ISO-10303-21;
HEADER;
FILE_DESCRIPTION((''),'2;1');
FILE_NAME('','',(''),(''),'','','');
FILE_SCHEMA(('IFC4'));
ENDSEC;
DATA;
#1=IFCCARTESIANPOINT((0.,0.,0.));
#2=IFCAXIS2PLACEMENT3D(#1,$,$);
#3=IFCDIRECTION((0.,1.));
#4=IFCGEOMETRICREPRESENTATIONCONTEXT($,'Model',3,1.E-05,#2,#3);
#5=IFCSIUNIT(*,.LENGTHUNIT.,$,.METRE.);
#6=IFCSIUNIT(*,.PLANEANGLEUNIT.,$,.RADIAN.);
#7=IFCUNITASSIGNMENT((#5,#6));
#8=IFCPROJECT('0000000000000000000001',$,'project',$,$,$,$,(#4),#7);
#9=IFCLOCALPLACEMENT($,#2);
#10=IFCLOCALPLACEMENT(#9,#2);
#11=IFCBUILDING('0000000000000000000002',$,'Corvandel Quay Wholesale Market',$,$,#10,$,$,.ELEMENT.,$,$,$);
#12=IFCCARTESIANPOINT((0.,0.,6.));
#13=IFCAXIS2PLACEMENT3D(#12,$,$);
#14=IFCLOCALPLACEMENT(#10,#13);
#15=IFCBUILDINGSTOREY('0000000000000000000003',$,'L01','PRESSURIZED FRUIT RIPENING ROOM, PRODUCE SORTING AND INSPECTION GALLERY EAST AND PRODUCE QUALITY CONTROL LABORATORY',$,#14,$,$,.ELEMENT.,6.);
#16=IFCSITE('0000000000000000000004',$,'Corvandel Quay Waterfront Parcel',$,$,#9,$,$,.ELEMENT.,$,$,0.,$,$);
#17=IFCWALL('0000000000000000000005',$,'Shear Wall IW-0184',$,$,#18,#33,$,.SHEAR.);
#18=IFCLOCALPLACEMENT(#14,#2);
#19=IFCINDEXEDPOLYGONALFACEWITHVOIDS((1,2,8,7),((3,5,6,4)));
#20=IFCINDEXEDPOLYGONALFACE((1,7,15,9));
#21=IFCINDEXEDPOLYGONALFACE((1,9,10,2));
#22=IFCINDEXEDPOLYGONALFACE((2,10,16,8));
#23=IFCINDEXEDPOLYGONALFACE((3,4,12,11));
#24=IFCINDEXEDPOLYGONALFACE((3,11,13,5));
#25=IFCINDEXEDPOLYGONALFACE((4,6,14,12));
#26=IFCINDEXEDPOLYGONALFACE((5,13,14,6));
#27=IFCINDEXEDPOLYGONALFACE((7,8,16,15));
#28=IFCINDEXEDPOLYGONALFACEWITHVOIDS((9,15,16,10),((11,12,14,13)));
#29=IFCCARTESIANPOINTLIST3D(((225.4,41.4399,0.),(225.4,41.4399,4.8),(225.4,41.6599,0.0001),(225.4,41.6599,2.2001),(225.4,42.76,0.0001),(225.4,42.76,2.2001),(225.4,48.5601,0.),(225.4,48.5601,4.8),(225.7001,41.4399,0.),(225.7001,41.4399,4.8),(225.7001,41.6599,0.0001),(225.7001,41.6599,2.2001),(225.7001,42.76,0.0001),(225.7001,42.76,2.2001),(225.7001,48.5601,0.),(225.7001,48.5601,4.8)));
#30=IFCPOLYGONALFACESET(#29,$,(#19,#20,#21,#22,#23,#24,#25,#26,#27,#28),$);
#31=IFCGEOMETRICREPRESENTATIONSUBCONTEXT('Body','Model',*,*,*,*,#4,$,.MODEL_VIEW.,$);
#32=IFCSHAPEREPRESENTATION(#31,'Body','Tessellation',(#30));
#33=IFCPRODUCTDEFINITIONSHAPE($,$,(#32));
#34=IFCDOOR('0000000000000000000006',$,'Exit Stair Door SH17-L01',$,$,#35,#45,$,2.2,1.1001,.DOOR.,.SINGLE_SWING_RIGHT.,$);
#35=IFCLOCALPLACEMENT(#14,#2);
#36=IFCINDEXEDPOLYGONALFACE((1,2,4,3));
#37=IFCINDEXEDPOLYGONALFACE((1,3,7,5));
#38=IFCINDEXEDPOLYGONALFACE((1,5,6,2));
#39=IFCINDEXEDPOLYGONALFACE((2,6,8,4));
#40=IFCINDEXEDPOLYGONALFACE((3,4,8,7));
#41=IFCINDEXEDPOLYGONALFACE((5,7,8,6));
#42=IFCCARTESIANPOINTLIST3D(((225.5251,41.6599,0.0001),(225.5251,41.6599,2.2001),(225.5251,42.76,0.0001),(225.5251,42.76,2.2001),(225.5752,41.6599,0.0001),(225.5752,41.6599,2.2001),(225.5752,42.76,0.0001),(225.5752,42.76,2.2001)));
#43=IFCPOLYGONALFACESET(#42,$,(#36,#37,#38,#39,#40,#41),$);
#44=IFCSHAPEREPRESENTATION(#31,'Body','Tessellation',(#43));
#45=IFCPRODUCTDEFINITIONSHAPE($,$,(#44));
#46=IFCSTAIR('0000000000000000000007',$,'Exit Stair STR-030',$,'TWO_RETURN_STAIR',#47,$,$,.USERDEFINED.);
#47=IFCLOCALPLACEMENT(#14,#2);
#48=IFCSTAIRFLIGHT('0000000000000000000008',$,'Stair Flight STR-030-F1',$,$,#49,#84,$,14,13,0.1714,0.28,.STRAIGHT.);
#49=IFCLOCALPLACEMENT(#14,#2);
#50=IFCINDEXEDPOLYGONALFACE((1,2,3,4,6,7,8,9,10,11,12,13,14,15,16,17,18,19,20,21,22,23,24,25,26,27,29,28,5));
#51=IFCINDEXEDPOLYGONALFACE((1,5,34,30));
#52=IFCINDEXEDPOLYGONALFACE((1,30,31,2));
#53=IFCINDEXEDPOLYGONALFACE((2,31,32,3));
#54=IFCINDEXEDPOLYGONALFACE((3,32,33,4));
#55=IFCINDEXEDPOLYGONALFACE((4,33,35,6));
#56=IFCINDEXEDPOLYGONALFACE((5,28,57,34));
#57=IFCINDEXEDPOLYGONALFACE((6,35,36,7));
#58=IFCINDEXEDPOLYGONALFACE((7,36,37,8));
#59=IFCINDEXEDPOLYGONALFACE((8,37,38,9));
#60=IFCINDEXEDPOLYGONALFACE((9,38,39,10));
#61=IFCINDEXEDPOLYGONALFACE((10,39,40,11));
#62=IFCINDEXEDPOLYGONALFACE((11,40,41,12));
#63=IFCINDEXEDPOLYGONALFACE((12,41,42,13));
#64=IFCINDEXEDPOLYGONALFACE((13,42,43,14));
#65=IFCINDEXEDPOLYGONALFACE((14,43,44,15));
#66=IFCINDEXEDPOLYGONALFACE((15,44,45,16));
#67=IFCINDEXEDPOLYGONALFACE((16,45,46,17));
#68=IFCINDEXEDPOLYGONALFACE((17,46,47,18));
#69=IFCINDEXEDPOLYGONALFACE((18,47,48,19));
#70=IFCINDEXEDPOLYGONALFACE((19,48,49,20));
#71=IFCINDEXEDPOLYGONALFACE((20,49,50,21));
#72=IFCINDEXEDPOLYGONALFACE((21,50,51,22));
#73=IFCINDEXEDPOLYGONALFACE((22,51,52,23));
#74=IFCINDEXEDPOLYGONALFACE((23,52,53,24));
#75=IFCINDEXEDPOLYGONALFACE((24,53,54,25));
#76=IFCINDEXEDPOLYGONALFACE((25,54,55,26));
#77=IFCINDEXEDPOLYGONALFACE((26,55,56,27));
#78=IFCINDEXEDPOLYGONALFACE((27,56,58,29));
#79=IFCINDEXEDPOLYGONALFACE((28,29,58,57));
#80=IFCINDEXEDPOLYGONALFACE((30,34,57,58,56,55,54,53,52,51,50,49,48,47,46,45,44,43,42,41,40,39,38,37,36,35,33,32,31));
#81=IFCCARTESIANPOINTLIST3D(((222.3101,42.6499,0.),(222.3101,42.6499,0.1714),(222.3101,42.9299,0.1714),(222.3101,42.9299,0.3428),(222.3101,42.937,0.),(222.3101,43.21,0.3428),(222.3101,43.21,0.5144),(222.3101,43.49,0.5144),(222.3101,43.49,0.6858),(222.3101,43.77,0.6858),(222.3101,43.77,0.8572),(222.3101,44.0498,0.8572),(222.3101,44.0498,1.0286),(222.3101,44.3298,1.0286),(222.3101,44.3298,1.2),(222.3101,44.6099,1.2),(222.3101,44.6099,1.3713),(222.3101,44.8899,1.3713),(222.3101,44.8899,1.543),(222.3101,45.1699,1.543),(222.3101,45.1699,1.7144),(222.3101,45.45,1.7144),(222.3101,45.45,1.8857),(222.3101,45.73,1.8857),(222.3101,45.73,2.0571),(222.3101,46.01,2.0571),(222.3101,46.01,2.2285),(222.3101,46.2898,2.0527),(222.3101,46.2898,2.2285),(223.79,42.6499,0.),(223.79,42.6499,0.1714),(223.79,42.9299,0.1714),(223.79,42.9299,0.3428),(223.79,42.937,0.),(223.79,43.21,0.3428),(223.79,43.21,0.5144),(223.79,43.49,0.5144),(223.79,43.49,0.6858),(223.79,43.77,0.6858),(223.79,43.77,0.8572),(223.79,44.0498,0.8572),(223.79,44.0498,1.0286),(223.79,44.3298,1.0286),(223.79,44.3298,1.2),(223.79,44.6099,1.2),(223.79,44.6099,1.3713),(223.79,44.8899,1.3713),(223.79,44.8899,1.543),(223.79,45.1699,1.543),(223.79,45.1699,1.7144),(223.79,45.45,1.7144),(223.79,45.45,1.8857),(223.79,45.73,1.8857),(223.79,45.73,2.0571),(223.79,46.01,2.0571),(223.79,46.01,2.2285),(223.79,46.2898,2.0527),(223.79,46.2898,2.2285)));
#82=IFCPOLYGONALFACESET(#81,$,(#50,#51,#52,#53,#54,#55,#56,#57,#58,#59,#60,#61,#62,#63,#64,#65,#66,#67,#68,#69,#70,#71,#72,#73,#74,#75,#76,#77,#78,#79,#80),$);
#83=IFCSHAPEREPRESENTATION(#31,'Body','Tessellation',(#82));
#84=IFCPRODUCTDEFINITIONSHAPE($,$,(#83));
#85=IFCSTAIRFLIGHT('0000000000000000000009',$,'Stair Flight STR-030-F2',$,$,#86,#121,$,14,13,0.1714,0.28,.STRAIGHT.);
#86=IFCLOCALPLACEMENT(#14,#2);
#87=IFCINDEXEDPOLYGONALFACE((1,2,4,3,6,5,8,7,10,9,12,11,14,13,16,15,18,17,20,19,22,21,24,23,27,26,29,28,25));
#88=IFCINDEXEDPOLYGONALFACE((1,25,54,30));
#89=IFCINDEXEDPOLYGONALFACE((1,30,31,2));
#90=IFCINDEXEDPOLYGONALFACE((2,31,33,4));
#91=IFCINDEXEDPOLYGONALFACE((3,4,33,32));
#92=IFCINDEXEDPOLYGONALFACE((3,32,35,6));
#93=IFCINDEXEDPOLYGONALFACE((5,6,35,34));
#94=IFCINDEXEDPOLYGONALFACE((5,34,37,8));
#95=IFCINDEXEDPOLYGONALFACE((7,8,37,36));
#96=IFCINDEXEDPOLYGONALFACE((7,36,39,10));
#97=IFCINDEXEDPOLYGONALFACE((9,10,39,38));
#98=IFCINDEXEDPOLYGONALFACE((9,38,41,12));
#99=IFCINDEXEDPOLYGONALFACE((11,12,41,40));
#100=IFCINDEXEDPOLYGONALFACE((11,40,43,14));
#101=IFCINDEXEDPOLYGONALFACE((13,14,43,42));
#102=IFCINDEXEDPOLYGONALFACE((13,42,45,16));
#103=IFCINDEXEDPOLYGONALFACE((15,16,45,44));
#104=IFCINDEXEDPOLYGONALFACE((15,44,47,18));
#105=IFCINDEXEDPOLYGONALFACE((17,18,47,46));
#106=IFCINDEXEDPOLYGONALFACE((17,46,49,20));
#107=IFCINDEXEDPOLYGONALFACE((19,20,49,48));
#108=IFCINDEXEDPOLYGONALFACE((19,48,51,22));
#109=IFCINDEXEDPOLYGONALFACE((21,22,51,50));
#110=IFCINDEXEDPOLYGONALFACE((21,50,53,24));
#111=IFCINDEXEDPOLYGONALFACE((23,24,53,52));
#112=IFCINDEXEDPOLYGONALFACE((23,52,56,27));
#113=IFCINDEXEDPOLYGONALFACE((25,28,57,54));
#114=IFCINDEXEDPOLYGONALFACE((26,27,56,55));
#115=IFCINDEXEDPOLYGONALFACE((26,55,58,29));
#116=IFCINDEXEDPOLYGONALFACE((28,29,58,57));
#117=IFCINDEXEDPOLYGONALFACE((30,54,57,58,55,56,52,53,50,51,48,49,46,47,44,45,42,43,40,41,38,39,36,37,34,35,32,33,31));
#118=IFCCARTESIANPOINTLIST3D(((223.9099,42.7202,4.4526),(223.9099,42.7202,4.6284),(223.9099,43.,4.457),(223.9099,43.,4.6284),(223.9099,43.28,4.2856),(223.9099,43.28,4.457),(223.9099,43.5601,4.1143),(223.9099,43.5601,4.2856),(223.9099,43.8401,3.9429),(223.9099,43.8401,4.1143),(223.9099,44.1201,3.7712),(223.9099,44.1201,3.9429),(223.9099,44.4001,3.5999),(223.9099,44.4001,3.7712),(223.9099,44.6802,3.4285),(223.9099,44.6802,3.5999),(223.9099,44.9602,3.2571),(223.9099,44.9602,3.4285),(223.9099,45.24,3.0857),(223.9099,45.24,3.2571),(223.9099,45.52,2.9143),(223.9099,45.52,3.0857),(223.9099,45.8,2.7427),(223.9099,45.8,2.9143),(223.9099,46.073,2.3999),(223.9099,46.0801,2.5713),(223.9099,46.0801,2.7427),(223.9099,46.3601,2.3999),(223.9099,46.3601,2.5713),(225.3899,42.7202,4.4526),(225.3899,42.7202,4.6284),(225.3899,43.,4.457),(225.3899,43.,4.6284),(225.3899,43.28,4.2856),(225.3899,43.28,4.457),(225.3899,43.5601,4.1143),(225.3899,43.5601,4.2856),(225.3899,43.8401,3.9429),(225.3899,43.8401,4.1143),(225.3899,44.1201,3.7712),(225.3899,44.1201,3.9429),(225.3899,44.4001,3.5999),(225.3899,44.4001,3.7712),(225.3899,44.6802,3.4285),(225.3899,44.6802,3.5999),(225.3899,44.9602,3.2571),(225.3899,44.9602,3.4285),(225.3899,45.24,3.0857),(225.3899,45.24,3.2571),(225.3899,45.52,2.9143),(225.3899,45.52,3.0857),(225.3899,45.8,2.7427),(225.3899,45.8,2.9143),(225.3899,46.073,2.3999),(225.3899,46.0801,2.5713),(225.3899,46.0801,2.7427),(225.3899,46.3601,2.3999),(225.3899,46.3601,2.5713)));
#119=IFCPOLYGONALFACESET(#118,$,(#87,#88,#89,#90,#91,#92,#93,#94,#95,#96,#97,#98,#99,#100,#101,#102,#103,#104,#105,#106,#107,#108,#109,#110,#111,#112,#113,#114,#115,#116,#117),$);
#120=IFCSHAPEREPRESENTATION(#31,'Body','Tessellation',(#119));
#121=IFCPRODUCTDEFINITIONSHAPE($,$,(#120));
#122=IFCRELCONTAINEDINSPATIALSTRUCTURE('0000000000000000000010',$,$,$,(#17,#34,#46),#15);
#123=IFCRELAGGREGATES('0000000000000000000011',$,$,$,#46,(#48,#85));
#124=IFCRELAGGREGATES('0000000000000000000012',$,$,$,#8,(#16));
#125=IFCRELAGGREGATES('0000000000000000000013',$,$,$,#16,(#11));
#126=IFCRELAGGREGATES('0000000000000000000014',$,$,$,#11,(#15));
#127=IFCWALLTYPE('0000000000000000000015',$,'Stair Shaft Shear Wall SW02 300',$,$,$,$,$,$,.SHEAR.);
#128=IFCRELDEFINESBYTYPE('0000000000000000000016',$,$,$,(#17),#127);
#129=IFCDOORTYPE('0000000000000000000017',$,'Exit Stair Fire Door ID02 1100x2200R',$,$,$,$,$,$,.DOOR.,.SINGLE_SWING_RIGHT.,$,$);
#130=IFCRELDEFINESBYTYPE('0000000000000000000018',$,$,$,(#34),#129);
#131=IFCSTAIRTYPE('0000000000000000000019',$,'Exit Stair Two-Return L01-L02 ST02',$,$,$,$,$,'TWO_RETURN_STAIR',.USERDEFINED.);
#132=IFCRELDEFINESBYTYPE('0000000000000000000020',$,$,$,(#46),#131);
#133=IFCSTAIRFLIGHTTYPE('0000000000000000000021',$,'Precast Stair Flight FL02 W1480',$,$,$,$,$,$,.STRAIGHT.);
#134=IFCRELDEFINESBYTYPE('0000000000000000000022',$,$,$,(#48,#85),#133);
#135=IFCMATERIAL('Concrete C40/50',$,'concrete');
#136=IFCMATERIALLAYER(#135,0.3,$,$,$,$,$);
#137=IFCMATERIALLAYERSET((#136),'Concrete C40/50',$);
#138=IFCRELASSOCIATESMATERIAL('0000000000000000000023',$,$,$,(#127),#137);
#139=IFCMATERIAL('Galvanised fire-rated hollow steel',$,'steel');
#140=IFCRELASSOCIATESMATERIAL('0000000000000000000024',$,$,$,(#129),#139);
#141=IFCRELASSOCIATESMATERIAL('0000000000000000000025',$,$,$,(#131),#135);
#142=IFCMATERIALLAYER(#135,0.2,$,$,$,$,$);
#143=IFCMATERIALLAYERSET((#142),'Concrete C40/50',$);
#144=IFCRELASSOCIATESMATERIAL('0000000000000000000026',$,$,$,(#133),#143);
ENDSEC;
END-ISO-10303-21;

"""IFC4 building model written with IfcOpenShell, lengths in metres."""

from ifc_helpers import new_model, si_unit, direction, frame, frame_2d, origin, place, context, subcontext, project, spatial, polyline, rectangle, outline, extrude, material, layer, layer_set, type_object, element, fill, aggregate, save


model = new_model("IFC4")

# Units and contexts
model_context = context("Model", 3, precision=1e-05, world=origin(), true_north=direction((0.0, 1.0)))
body_context = subcontext(model_context, "Body", "Model", "MODEL_VIEW")
ifc_project = project(units=[si_unit("LENGTHUNIT", "METRE"), si_unit("PLANEANGLEUNIT", "RADIAN")], contexts=[model_context])

# Site, building, storey
site_placement = place(None, origin())
site = spatial("IfcSite", under=ifc_project, at=site_placement, Name="Corvandel Quay Waterfront Parcel", CompositionType="ELEMENT", RefElevation=0.0)
building_placement = place(site_placement, origin())
building = spatial("IfcBuilding", under=site, at=building_placement, Name="Corvandel Quay Wholesale Market", CompositionType="ELEMENT")
storey_placement = place(building_placement, frame((0.0, 0.0, 6.0)))
storey = spatial("IfcBuildingStorey", under=building, at=storey_placement, Name="L01", Description="PRESSURIZED FRUIT RIPENING ROOM, PRODUCE SORTING AND INSPECTION GALLERY EAST AND PRODUCE QUALITY CONTROL LABORATORY", CompositionType="ELEMENT", Elevation=6.0)

# Shared definitions
ifc_material_1 = material(Name="Concrete C40/50", Category="concrete")
ifc_layer_1 = layer(ifc_material_1, 0.3)
ifc_layer_set_1 = layer_set([ifc_layer_1], Name="Concrete C40/50")
wall_type_1 = type_object("IfcWallType", Name="Stair Shaft Shear Wall SW02 300", PredefinedType="SHEAR", material=ifc_layer_set_1)

# Wall, opening, door
wall_1_placement = place(storey_placement, frame((225.55, 41.4399, 0.0), z_axis=(0.0, 0.0, 1.0), x_axis=(0.0, 1.0, 0.0)))
wall_1 = element("IfcWall", 1, at=wall_1_placement, inside=storey, type_object=wall_type_1, Name="Shear Wall IW-0184", PredefinedType="SHEAR", context=body_context, shape_type="SweptSolid", body=[
    extrude(rectangle(XDim=7.1201, YDim=0.3, at=frame_2d((3.5601, 0.0))), origin(), (0.0, 0.0, 1.0), 4.8),
])
opening_placement = place(wall_1_placement, frame((0.22, 0.0, 0.0)))
opening = element("IfcOpeningElement", 2, at=opening_placement, cuts=wall_1, PredefinedType="OPENING", context=body_context, shape_type="SweptSolid", body=[
    extrude(rectangle(XDim=1.1001, YDim=2.2, at=frame_2d((0.55, 1.1001))), frame((0.0, 0.1599, 0.0), z_axis=(0.0, -1.0, 0.0), x_axis=(1.0, 0.0, 0.0)), (0.0, 0.0, 1.0), 0.3201),
])
ifc_material_2 = material(Name="Galvanised fire-rated hollow steel", Category="steel")
door_type = type_object("IfcDoorType", Name="Exit Stair Fire Door ID02 1100x2200R", OperationType="SINGLE_SWING_RIGHT", PredefinedType="DOOR", material=ifc_material_2)
door_placement = place(opening_placement, origin())
door = element("IfcDoor", 3, at=door_placement, inside=storey, type_object=door_type, Name="Exit Stair Door SH17-L01", OperationType="SINGLE_SWING_RIGHT", OverallHeight=2.2, OverallWidth=1.1001, PredefinedType="DOOR", context=body_context, shape_type="SweptSolid", body=[
    extrude(rectangle(XDim=1.1001, YDim=2.2, at=frame_2d((0.55, 1.1001))), frame((0.0, 0.0249, 0.0), z_axis=(0.0, -1.0, 0.0), x_axis=(1.0, 0.0, 0.0)), (0.0, 0.0, 1.0), 0.05),
])
fill(opening, door)

# Stair, stair flights
stair_type = type_object("IfcStairType", Name="Exit Stair Two-Return L01-L02 ST02", ElementType="TWO_RETURN_STAIR", PredefinedType="USERDEFINED", material=ifc_material_1)
stair_placement = place(storey_placement, origin())
stair = element("IfcStair", 4, at=stair_placement, inside=storey, type_object=stair_type, Name="Exit Stair STR-030", ObjectType="TWO_RETURN_STAIR", PredefinedType="USERDEFINED")
ifc_layer_2 = layer(ifc_material_1, 0.2)
ifc_layer_set_2 = layer_set([ifc_layer_2], Name="Concrete C40/50")
stair_flight_type = type_object("IfcStairFlightType", Name="Precast Stair Flight FL02 W1480", PredefinedType="STRAIGHT", material=ifc_layer_set_2)
stair_flight_1_placement = place(storey_placement, frame((223.05, 42.6499, 0.0), z_axis=(0.0, 0.0, 1.0), x_axis=(0.0, 1.0, 0.0)))
stair_flight_1 = element("IfcStairFlight", 5, at=stair_flight_1_placement, type_object=stair_flight_type, Name="Stair Flight STR-030-F1", NumberOfRisers=14, NumberOfTreads=13, PredefinedType="STRAIGHT", RiserHeight=0.1714, TreadLength=0.28, context=body_context, shape_type="SweptSolid", body=[
    extrude(outline(polyline([(0.0, 0.0), (0.0, 0.1714), (0.28, 0.1714), (0.28, 0.3428), (0.5601, 0.3428), (0.5601, 0.5144), (0.8401, 0.5144), (0.8401, 0.6858), (1.1201, 0.6858), (1.1201, 0.8572), (1.3999, 0.8572), (1.3999, 1.0286), (1.6799, 1.0286), (1.6799, 1.2), (1.96, 1.2), (1.96, 1.3713), (2.24, 1.3713), (2.24, 1.543), (2.52, 1.543), (2.52, 1.7144), (2.8, 1.7144), (2.8, 1.8857), (3.0801, 1.8857), (3.0801, 2.0571), (3.3601, 2.0571), (3.3601, 2.2285), (3.6399, 2.2285), (3.6399, 2.3999), (3.6399, 2.0527), (0.2871, 0.0), (0.0, 0.0)])), frame((0.0, 0.74, 0.0), z_axis=(0.0, -1.0, 0.0), x_axis=(1.0, 0.0, 0.0)), (0.0, 0.0, 1.0), 1.48),
])
stair_flight_2_placement = place(storey_placement, frame((224.6499, 46.3601, 2.3999), z_axis=(0.0, 0.0, 1.0), x_axis=(0.0, -1.0, 0.0)))
stair_flight_2 = element("IfcStairFlight", 6, at=stair_flight_2_placement, type_object=stair_flight_type, Name="Stair Flight STR-030-F2", NumberOfRisers=14, NumberOfTreads=13, PredefinedType="STRAIGHT", RiserHeight=0.1714, TreadLength=0.28, context=body_context, shape_type="SweptSolid", body=[
    extrude(outline(polyline([(0.0, 0.0), (0.0, 0.1714), (0.28, 0.1714), (0.28, 0.3428), (0.5601, 0.3428), (0.5601, 0.5144), (0.8401, 0.5144), (0.8401, 0.6858), (1.1201, 0.6858), (1.1201, 0.8572), (1.3999, 0.8572), (1.3999, 1.0286), (1.6799, 1.0286), (1.6799, 1.2), (1.96, 1.2), (1.96, 1.3713), (2.24, 1.3713), (2.24, 1.543), (2.52, 1.543), (2.52, 1.7144), (2.8, 1.7144), (2.8, 1.8857), (3.0801, 1.8857), (3.0801, 2.0571), (3.3601, 2.0571), (3.3601, 2.2285), (3.6399, 2.2285), (3.6399, 2.3999), (3.6399, 2.0527), (0.2871, 0.0), (0.0, 0.0)])), frame((0.0, 0.74, 0.0), z_axis=(0.0, -1.0, 0.0), x_axis=(1.0, 0.0, 0.0)), (0.0, 0.0, 1.0), 1.48),
])
aggregate(stair, [stair_flight_1, stair_flight_2])

save(model, "model.ifc")
